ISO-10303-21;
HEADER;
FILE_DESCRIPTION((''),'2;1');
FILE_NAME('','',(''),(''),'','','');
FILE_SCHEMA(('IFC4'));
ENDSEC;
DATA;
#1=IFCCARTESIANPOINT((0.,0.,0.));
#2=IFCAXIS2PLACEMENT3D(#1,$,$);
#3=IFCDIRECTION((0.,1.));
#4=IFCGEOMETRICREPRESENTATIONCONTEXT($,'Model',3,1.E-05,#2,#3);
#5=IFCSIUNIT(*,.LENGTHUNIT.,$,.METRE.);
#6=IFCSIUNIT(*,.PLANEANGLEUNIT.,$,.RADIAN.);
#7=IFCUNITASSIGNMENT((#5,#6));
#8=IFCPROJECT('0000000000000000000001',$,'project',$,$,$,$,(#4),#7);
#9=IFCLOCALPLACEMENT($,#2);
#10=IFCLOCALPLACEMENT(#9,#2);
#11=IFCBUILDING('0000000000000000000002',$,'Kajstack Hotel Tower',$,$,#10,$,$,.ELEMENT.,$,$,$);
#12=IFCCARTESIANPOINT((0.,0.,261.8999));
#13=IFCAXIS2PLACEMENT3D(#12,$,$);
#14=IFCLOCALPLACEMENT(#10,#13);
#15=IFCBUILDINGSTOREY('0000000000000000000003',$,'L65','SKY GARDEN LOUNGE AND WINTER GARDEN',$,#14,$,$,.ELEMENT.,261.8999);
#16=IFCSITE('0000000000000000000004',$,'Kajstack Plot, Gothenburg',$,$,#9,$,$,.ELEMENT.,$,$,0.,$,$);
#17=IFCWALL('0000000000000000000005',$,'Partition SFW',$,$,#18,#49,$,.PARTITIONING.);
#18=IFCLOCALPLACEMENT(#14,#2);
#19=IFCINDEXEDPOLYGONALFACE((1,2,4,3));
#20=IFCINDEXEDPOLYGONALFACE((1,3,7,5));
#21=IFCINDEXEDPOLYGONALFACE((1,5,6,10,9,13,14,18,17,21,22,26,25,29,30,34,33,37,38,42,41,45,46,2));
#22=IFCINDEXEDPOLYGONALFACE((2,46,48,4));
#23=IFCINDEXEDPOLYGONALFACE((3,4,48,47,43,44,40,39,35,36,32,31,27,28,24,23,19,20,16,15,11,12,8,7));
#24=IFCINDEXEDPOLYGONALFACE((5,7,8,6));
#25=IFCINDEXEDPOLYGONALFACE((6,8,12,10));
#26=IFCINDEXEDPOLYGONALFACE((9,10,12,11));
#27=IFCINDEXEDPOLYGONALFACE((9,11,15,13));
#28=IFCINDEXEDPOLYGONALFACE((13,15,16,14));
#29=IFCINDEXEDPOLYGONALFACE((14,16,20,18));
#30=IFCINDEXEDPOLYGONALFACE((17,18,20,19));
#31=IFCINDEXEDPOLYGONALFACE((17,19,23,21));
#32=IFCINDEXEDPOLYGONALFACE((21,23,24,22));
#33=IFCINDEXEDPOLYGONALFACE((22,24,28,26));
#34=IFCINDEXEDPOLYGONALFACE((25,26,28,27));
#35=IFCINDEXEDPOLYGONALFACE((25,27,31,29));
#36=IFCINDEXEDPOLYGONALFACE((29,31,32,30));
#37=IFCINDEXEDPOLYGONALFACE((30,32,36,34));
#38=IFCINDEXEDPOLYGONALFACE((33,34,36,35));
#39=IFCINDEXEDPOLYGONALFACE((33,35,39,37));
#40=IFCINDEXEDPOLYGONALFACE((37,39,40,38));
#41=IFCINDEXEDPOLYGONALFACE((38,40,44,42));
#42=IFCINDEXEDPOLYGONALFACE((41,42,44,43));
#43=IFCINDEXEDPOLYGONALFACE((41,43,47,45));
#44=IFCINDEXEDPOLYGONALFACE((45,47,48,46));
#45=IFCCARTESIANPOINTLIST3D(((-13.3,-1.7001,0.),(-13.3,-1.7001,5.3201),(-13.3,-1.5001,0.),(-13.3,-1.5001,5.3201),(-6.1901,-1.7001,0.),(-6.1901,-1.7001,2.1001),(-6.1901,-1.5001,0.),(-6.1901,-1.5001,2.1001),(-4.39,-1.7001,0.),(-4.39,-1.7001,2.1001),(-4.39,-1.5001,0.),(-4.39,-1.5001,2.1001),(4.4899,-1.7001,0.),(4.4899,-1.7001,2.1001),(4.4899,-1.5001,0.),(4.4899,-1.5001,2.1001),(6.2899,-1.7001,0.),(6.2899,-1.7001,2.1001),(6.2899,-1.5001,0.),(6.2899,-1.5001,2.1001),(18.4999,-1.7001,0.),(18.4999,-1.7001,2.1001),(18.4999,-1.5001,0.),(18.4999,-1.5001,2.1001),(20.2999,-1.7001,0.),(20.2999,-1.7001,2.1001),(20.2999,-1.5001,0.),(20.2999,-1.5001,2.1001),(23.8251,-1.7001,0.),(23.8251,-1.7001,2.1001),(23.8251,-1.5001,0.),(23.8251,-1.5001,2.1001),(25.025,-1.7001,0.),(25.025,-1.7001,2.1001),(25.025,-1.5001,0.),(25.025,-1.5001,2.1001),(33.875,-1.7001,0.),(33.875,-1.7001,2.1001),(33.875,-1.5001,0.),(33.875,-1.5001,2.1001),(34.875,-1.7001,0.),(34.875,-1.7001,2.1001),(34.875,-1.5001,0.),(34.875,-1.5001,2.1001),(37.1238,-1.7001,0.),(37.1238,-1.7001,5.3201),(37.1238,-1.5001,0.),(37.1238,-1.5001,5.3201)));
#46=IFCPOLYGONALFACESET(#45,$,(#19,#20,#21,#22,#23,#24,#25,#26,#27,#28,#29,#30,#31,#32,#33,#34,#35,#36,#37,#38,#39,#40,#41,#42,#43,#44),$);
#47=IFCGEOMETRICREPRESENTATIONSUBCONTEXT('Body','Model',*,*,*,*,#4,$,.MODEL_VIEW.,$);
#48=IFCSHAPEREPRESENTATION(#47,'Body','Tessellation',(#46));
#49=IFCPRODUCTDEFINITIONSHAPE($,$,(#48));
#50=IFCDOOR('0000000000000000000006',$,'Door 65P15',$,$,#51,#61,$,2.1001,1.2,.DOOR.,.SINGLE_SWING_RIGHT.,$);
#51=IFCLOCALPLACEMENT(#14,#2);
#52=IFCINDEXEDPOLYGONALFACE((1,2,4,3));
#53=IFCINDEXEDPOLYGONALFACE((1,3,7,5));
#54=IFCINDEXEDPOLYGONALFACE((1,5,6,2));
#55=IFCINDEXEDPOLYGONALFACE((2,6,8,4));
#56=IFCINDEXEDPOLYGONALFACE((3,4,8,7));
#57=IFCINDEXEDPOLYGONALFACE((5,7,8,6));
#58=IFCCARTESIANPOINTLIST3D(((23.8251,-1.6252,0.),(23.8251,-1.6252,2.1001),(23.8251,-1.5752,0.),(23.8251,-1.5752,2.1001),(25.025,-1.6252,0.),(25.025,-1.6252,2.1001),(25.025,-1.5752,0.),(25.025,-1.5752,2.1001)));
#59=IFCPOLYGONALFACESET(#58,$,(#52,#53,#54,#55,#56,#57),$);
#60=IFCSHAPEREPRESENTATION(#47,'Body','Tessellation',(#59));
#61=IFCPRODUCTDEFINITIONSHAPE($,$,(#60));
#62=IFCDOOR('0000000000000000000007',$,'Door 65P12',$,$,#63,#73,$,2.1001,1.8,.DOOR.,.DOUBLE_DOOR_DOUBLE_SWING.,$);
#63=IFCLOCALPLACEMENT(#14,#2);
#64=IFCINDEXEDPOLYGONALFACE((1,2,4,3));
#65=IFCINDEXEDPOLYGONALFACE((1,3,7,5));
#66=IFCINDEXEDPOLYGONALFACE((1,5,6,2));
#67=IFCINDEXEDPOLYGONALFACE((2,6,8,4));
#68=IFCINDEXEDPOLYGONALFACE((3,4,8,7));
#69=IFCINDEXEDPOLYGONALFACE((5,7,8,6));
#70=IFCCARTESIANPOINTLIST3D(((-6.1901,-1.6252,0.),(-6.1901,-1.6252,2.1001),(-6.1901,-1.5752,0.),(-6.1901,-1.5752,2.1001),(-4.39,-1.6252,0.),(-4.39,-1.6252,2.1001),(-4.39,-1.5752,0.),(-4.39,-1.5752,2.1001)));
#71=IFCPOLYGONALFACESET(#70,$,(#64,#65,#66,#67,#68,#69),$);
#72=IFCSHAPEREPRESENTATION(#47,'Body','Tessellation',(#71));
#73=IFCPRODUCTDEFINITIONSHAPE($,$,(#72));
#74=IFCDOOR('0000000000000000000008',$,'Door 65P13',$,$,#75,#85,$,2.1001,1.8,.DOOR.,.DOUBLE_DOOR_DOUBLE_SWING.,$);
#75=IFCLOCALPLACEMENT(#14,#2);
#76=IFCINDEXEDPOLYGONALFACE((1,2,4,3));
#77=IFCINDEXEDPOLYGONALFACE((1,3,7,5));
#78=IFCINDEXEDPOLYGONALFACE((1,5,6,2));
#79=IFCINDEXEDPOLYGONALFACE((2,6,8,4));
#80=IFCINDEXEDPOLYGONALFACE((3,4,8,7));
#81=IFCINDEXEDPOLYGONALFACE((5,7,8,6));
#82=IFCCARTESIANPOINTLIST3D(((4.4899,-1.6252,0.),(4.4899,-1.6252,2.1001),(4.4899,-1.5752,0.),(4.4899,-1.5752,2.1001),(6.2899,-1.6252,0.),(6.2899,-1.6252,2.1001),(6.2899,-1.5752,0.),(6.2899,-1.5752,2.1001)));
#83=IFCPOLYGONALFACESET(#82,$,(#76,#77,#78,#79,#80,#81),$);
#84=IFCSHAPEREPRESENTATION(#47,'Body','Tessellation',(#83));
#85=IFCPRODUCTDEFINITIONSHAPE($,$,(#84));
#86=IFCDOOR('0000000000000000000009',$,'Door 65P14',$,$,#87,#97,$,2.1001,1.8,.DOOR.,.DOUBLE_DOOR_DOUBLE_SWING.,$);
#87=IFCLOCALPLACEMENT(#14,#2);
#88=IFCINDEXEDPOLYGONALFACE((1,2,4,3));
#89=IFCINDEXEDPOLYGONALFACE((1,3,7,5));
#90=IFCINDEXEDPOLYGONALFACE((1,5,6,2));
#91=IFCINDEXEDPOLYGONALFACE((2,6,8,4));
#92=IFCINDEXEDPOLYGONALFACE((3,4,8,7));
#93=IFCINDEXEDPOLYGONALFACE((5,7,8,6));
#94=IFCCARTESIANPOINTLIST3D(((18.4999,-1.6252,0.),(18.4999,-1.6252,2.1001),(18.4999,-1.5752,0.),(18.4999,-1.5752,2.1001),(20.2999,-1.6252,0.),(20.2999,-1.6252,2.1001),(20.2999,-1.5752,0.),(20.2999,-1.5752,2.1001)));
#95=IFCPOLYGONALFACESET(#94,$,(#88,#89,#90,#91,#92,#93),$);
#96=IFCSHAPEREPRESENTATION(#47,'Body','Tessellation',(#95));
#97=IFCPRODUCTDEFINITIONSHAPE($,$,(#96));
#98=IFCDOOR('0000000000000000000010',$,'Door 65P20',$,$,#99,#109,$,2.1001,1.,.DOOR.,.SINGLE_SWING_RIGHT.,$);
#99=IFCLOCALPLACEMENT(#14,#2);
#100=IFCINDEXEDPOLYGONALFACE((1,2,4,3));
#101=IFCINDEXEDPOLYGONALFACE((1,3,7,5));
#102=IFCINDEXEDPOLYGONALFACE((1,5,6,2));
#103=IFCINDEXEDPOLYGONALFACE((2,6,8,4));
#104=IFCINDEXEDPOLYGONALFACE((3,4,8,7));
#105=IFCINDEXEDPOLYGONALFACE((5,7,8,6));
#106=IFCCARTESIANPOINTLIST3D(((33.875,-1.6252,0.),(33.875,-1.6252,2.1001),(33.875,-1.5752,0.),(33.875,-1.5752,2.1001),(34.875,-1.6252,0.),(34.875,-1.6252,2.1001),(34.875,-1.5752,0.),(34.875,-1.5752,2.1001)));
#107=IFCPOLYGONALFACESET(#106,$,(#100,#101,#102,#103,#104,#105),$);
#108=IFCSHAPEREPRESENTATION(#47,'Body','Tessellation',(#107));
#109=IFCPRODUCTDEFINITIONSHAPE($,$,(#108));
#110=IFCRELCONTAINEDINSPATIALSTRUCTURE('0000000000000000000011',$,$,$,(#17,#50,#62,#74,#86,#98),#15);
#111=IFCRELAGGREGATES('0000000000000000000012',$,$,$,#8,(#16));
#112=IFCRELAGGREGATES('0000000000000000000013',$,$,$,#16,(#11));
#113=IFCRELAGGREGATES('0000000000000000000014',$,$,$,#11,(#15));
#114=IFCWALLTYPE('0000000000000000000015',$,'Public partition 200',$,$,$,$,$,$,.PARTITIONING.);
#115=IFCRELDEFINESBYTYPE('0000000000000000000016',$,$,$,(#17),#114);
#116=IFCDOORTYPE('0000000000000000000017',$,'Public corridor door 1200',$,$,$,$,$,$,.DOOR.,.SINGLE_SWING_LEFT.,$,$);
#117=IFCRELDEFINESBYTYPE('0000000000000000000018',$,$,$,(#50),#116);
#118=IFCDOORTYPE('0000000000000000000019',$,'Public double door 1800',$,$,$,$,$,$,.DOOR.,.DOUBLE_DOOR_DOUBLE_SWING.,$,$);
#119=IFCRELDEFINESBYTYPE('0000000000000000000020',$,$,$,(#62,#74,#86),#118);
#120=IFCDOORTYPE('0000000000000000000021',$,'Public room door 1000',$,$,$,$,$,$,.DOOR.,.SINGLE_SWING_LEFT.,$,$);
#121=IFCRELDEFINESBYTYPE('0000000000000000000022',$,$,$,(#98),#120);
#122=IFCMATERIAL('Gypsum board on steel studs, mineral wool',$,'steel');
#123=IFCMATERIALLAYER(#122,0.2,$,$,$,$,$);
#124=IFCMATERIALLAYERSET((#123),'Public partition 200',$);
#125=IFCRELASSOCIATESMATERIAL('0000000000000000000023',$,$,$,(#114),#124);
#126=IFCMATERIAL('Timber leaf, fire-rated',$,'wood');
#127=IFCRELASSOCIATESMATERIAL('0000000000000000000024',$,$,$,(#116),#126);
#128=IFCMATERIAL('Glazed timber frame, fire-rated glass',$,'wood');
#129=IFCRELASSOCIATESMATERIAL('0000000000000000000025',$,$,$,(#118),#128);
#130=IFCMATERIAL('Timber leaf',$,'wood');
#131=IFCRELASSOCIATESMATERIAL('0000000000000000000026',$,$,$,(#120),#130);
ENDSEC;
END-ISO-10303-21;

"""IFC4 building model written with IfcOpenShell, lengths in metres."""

from ifc_helpers import new_model, si_unit, direction, frame, frame_2d, origin, place, context, subcontext, project, spatial, rectangle, extrude, material, layer, layer_set, type_object, element, fill, save


model = new_model("IFC4")

# Units and contexts
model_context = context("Model", 3, precision=1e-05, world=origin(), true_north=direction((0.0, 1.0)))
body_context = subcontext(model_context, "Body", "Model", "MODEL_VIEW")
ifc_project = project(units=[si_unit("LENGTHUNIT", "METRE"), si_unit("PLANEANGLEUNIT", "RADIAN")], contexts=[model_context])

# Site, building, storey
site_placement = place(None, origin())
site = spatial("IfcSite", under=ifc_project, at=site_placement, Name="Kajstack Plot, Gothenburg", CompositionType="ELEMENT", RefElevation=0.0)
building_placement = place(site_placement, origin())
building = spatial("IfcBuilding", under=site, at=building_placement, Name="Kajstack Hotel Tower", CompositionType="ELEMENT")
storey_placement = place(building_placement, frame((0.0, 0.0, 261.8999)))
storey = spatial("IfcBuildingStorey", under=building, at=storey_placement, Name="L65", Description="SKY GARDEN LOUNGE AND WINTER GARDEN", CompositionType="ELEMENT", Elevation=261.8999)

# Wall, openings, doors
ifc_material_1 = material(Name="Gypsum board on steel studs, mineral wool", Category="steel")
ifc_layer_1 = layer(ifc_material_1, 0.2)
ifc_layer_set_1 = layer_set([ifc_layer_1], Name="Public partition 200")
wall_type_1 = type_object("IfcWallType", Name="Public partition 200", PredefinedType="PARTITIONING", material=ifc_layer_set_1)
wall_1_placement = place(storey_placement, frame((-13.3, -1.6001, 0.0), z_axis=(0.0, 0.0, 1.0), x_axis=(1.0, 0.0, 0.0)))
wall_1 = element("IfcWall", 1, at=wall_1_placement, inside=storey, type_object=wall_type_1, Name="Partition SFW", PredefinedType="PARTITIONING", context=body_context, shape_type="SweptSolid", body=[
    extrude(rectangle(XDim=50.4238, YDim=0.2, at=frame_2d((25.2119, 0.0))), origin(), (0.0, 0.0, 1.0), 5.3201),
])
opening_1_placement = place(wall_1_placement, frame((7.1101, 0.0, 0.0)))
opening_1 = element("IfcOpeningElement", 2, at=opening_1_placement, cuts=wall_1, PredefinedType="OPENING", context=body_context, shape_type="SweptSolid", body=[
    extrude(rectangle(XDim=1.8, YDim=2.1001, at=frame_2d((0.8999, 1.05))), frame((0.0, 0.1099, 0.0), z_axis=(0.0, -1.0, 0.0), x_axis=(1.0, 0.0, 0.0)), (0.0, 0.0, 1.0), 0.22),
])
opening_2_placement = place(wall_1_placement, frame((17.79, 0.0, 0.0)))
opening_2 = element("IfcOpeningElement", 3, at=opening_2_placement, cuts=wall_1, PredefinedType="OPENING", context=body_context, shape_type="SweptSolid", body=[
    extrude(rectangle(XDim=1.8, YDim=2.1001, at=frame_2d((0.8999, 1.05))), frame((0.0, 0.1099, 0.0), z_axis=(0.0, -1.0, 0.0), x_axis=(1.0, 0.0, 0.0)), (0.0, 0.0, 1.0), 0.22),
])
opening_3_placement = place(wall_1_placement, frame((31.8, 0.0, 0.0)))
opening_3 = element("IfcOpeningElement", 4, at=opening_3_placement, cuts=wall_1, PredefinedType="OPENING", context=body_context, shape_type="SweptSolid", body=[
    extrude(rectangle(XDim=1.8, YDim=2.1001, at=frame_2d((0.8999, 1.05))), frame((0.0, 0.1099, 0.0), z_axis=(0.0, -1.0, 0.0), x_axis=(1.0, 0.0, 0.0)), (0.0, 0.0, 1.0), 0.22),
])
opening_4_placement = place(wall_1_placement, frame((37.125, 0.0, 0.0)))
opening_4 = element("IfcOpeningElement", 5, at=opening_4_placement, cuts=wall_1, PredefinedType="OPENING", context=body_context, shape_type="SweptSolid", body=[
    extrude(rectangle(XDim=1.2, YDim=2.1001, at=frame_2d((0.6001, 1.05))), frame((0.0, 0.1099, 0.0), z_axis=(0.0, -1.0, 0.0), x_axis=(1.0, 0.0, 0.0)), (0.0, 0.0, 1.0), 0.22),
])
opening_5_placement = place(wall_1_placement, frame((47.175, 0.0, 0.0)))
opening_5 = element("IfcOpeningElement", 6, at=opening_5_placement, cuts=wall_1, PredefinedType="OPENING", context=body_context, shape_type="SweptSolid", body=[
    extrude(rectangle(XDim=1.0, YDim=2.1001, at=frame_2d((0.5, 1.05))), frame((0.0, 0.1099, 0.0), z_axis=(0.0, -1.0, 0.0), x_axis=(1.0, 0.0, 0.0)), (0.0, 0.0, 1.0), 0.22),
])
ifc_material_2 = material(Name="Timber leaf, fire-rated", Category="wood")
door_type_1 = type_object("IfcDoorType", Name="Public corridor door 1200", OperationType="SINGLE_SWING_LEFT", PredefinedType="DOOR", material=ifc_material_2)
door_1_placement = place(opening_4_placement, origin())
door_1 = element("IfcDoor", 7, at=door_1_placement, inside=storey, type_object=door_type_1, Name="Door 65P15", OperationType="SINGLE_SWING_RIGHT", OverallHeight=2.1001, OverallWidth=1.2, PredefinedType="DOOR", context=body_context, shape_type="SweptSolid", body=[
    extrude(rectangle(XDim=1.2, YDim=2.1001, at=frame_2d((0.6001, 1.05))), frame((0.0, 0.0249, 0.0), z_axis=(0.0, -1.0, 0.0), x_axis=(1.0, 0.0, 0.0)), (0.0, 0.0, 1.0), 0.05),
])
fill(opening_4, door_1)
ifc_material_3 = material(Name="Glazed timber frame, fire-rated glass", Category="wood")
door_type_2 = type_object("IfcDoorType", Name="Public double door 1800", OperationType="DOUBLE_DOOR_DOUBLE_SWING", PredefinedType="DOOR", material=ifc_material_3)
door_2_placement = place(opening_1_placement, origin())
door_2 = element("IfcDoor", 8, at=door_2_placement, inside=storey, type_object=door_type_2, Name="Door 65P12", OperationType="DOUBLE_DOOR_DOUBLE_SWING", OverallHeight=2.1001, OverallWidth=1.8, PredefinedType="DOOR", context=body_context, shape_type="SweptSolid", body=[
    extrude(rectangle(XDim=1.8, YDim=2.1001, at=frame_2d((0.8999, 1.05))), frame((0.0, 0.0249, 0.0), z_axis=(0.0, -1.0, 0.0), x_axis=(1.0, 0.0, 0.0)), (0.0, 0.0, 1.0), 0.05),
])
fill(opening_1, door_2)
door_3_placement = place(opening_2_placement, origin())
door_3 = element("IfcDoor", 9, at=door_3_placement, inside=storey, type_object=door_type_2, Name="Door 65P13", OperationType="DOUBLE_DOOR_DOUBLE_SWING", OverallHeight=2.1001, OverallWidth=1.8, PredefinedType="DOOR", context=body_context, shape_type="SweptSolid", body=[
    extrude(rectangle(XDim=1.8, YDim=2.1001, at=frame_2d((0.8999, 1.05))), frame((0.0, 0.0249, 0.0), z_axis=(0.0, -1.0, 0.0), x_axis=(1.0, 0.0, 0.0)), (0.0, 0.0, 1.0), 0.05),
])
fill(opening_2, door_3)
door_4_placement = place(opening_3_placement, origin())
door_4 = element("IfcDoor", 10, at=door_4_placement, inside=storey, type_object=door_type_2, Name="Door 65P14", OperationType="DOUBLE_DOOR_DOUBLE_SWING", OverallHeight=2.1001, OverallWidth=1.8, PredefinedType="DOOR", context=body_context, shape_type="SweptSolid", body=[
    extrude(rectangle(XDim=1.8, YDim=2.1001, at=frame_2d((0.8999, 1.05))), frame((0.0, 0.0249, 0.0), z_axis=(0.0, -1.0, 0.0), x_axis=(1.0, 0.0, 0.0)), (0.0, 0.0, 1.0), 0.05),
])
fill(opening_3, door_4)
ifc_material_4 = material(Name="Timber leaf", Category="wood")
door_type_3 = type_object("IfcDoorType", Name="Public room door 1000", OperationType="SINGLE_SWING_LEFT", PredefinedType="DOOR", material=ifc_material_4)
door_5_placement = place(opening_5_placement, origin())
door_5 = element("IfcDoor", 11, at=door_5_placement, inside=storey, type_object=door_type_3, Name="Door 65P20", OperationType="SINGLE_SWING_RIGHT", OverallHeight=2.1001, OverallWidth=1.0, PredefinedType="DOOR", context=body_context, shape_type="SweptSolid", body=[
    extrude(rectangle(XDim=1.0, YDim=2.1001, at=frame_2d((0.5, 1.05))), frame((0.0, 0.0249, 0.0), z_axis=(0.0, -1.0, 0.0), x_axis=(1.0, 0.0, 0.0)), (0.0, 0.0, 1.0), 0.05),
])
fill(opening_5, door_5)

save(model, "model.ifc")
